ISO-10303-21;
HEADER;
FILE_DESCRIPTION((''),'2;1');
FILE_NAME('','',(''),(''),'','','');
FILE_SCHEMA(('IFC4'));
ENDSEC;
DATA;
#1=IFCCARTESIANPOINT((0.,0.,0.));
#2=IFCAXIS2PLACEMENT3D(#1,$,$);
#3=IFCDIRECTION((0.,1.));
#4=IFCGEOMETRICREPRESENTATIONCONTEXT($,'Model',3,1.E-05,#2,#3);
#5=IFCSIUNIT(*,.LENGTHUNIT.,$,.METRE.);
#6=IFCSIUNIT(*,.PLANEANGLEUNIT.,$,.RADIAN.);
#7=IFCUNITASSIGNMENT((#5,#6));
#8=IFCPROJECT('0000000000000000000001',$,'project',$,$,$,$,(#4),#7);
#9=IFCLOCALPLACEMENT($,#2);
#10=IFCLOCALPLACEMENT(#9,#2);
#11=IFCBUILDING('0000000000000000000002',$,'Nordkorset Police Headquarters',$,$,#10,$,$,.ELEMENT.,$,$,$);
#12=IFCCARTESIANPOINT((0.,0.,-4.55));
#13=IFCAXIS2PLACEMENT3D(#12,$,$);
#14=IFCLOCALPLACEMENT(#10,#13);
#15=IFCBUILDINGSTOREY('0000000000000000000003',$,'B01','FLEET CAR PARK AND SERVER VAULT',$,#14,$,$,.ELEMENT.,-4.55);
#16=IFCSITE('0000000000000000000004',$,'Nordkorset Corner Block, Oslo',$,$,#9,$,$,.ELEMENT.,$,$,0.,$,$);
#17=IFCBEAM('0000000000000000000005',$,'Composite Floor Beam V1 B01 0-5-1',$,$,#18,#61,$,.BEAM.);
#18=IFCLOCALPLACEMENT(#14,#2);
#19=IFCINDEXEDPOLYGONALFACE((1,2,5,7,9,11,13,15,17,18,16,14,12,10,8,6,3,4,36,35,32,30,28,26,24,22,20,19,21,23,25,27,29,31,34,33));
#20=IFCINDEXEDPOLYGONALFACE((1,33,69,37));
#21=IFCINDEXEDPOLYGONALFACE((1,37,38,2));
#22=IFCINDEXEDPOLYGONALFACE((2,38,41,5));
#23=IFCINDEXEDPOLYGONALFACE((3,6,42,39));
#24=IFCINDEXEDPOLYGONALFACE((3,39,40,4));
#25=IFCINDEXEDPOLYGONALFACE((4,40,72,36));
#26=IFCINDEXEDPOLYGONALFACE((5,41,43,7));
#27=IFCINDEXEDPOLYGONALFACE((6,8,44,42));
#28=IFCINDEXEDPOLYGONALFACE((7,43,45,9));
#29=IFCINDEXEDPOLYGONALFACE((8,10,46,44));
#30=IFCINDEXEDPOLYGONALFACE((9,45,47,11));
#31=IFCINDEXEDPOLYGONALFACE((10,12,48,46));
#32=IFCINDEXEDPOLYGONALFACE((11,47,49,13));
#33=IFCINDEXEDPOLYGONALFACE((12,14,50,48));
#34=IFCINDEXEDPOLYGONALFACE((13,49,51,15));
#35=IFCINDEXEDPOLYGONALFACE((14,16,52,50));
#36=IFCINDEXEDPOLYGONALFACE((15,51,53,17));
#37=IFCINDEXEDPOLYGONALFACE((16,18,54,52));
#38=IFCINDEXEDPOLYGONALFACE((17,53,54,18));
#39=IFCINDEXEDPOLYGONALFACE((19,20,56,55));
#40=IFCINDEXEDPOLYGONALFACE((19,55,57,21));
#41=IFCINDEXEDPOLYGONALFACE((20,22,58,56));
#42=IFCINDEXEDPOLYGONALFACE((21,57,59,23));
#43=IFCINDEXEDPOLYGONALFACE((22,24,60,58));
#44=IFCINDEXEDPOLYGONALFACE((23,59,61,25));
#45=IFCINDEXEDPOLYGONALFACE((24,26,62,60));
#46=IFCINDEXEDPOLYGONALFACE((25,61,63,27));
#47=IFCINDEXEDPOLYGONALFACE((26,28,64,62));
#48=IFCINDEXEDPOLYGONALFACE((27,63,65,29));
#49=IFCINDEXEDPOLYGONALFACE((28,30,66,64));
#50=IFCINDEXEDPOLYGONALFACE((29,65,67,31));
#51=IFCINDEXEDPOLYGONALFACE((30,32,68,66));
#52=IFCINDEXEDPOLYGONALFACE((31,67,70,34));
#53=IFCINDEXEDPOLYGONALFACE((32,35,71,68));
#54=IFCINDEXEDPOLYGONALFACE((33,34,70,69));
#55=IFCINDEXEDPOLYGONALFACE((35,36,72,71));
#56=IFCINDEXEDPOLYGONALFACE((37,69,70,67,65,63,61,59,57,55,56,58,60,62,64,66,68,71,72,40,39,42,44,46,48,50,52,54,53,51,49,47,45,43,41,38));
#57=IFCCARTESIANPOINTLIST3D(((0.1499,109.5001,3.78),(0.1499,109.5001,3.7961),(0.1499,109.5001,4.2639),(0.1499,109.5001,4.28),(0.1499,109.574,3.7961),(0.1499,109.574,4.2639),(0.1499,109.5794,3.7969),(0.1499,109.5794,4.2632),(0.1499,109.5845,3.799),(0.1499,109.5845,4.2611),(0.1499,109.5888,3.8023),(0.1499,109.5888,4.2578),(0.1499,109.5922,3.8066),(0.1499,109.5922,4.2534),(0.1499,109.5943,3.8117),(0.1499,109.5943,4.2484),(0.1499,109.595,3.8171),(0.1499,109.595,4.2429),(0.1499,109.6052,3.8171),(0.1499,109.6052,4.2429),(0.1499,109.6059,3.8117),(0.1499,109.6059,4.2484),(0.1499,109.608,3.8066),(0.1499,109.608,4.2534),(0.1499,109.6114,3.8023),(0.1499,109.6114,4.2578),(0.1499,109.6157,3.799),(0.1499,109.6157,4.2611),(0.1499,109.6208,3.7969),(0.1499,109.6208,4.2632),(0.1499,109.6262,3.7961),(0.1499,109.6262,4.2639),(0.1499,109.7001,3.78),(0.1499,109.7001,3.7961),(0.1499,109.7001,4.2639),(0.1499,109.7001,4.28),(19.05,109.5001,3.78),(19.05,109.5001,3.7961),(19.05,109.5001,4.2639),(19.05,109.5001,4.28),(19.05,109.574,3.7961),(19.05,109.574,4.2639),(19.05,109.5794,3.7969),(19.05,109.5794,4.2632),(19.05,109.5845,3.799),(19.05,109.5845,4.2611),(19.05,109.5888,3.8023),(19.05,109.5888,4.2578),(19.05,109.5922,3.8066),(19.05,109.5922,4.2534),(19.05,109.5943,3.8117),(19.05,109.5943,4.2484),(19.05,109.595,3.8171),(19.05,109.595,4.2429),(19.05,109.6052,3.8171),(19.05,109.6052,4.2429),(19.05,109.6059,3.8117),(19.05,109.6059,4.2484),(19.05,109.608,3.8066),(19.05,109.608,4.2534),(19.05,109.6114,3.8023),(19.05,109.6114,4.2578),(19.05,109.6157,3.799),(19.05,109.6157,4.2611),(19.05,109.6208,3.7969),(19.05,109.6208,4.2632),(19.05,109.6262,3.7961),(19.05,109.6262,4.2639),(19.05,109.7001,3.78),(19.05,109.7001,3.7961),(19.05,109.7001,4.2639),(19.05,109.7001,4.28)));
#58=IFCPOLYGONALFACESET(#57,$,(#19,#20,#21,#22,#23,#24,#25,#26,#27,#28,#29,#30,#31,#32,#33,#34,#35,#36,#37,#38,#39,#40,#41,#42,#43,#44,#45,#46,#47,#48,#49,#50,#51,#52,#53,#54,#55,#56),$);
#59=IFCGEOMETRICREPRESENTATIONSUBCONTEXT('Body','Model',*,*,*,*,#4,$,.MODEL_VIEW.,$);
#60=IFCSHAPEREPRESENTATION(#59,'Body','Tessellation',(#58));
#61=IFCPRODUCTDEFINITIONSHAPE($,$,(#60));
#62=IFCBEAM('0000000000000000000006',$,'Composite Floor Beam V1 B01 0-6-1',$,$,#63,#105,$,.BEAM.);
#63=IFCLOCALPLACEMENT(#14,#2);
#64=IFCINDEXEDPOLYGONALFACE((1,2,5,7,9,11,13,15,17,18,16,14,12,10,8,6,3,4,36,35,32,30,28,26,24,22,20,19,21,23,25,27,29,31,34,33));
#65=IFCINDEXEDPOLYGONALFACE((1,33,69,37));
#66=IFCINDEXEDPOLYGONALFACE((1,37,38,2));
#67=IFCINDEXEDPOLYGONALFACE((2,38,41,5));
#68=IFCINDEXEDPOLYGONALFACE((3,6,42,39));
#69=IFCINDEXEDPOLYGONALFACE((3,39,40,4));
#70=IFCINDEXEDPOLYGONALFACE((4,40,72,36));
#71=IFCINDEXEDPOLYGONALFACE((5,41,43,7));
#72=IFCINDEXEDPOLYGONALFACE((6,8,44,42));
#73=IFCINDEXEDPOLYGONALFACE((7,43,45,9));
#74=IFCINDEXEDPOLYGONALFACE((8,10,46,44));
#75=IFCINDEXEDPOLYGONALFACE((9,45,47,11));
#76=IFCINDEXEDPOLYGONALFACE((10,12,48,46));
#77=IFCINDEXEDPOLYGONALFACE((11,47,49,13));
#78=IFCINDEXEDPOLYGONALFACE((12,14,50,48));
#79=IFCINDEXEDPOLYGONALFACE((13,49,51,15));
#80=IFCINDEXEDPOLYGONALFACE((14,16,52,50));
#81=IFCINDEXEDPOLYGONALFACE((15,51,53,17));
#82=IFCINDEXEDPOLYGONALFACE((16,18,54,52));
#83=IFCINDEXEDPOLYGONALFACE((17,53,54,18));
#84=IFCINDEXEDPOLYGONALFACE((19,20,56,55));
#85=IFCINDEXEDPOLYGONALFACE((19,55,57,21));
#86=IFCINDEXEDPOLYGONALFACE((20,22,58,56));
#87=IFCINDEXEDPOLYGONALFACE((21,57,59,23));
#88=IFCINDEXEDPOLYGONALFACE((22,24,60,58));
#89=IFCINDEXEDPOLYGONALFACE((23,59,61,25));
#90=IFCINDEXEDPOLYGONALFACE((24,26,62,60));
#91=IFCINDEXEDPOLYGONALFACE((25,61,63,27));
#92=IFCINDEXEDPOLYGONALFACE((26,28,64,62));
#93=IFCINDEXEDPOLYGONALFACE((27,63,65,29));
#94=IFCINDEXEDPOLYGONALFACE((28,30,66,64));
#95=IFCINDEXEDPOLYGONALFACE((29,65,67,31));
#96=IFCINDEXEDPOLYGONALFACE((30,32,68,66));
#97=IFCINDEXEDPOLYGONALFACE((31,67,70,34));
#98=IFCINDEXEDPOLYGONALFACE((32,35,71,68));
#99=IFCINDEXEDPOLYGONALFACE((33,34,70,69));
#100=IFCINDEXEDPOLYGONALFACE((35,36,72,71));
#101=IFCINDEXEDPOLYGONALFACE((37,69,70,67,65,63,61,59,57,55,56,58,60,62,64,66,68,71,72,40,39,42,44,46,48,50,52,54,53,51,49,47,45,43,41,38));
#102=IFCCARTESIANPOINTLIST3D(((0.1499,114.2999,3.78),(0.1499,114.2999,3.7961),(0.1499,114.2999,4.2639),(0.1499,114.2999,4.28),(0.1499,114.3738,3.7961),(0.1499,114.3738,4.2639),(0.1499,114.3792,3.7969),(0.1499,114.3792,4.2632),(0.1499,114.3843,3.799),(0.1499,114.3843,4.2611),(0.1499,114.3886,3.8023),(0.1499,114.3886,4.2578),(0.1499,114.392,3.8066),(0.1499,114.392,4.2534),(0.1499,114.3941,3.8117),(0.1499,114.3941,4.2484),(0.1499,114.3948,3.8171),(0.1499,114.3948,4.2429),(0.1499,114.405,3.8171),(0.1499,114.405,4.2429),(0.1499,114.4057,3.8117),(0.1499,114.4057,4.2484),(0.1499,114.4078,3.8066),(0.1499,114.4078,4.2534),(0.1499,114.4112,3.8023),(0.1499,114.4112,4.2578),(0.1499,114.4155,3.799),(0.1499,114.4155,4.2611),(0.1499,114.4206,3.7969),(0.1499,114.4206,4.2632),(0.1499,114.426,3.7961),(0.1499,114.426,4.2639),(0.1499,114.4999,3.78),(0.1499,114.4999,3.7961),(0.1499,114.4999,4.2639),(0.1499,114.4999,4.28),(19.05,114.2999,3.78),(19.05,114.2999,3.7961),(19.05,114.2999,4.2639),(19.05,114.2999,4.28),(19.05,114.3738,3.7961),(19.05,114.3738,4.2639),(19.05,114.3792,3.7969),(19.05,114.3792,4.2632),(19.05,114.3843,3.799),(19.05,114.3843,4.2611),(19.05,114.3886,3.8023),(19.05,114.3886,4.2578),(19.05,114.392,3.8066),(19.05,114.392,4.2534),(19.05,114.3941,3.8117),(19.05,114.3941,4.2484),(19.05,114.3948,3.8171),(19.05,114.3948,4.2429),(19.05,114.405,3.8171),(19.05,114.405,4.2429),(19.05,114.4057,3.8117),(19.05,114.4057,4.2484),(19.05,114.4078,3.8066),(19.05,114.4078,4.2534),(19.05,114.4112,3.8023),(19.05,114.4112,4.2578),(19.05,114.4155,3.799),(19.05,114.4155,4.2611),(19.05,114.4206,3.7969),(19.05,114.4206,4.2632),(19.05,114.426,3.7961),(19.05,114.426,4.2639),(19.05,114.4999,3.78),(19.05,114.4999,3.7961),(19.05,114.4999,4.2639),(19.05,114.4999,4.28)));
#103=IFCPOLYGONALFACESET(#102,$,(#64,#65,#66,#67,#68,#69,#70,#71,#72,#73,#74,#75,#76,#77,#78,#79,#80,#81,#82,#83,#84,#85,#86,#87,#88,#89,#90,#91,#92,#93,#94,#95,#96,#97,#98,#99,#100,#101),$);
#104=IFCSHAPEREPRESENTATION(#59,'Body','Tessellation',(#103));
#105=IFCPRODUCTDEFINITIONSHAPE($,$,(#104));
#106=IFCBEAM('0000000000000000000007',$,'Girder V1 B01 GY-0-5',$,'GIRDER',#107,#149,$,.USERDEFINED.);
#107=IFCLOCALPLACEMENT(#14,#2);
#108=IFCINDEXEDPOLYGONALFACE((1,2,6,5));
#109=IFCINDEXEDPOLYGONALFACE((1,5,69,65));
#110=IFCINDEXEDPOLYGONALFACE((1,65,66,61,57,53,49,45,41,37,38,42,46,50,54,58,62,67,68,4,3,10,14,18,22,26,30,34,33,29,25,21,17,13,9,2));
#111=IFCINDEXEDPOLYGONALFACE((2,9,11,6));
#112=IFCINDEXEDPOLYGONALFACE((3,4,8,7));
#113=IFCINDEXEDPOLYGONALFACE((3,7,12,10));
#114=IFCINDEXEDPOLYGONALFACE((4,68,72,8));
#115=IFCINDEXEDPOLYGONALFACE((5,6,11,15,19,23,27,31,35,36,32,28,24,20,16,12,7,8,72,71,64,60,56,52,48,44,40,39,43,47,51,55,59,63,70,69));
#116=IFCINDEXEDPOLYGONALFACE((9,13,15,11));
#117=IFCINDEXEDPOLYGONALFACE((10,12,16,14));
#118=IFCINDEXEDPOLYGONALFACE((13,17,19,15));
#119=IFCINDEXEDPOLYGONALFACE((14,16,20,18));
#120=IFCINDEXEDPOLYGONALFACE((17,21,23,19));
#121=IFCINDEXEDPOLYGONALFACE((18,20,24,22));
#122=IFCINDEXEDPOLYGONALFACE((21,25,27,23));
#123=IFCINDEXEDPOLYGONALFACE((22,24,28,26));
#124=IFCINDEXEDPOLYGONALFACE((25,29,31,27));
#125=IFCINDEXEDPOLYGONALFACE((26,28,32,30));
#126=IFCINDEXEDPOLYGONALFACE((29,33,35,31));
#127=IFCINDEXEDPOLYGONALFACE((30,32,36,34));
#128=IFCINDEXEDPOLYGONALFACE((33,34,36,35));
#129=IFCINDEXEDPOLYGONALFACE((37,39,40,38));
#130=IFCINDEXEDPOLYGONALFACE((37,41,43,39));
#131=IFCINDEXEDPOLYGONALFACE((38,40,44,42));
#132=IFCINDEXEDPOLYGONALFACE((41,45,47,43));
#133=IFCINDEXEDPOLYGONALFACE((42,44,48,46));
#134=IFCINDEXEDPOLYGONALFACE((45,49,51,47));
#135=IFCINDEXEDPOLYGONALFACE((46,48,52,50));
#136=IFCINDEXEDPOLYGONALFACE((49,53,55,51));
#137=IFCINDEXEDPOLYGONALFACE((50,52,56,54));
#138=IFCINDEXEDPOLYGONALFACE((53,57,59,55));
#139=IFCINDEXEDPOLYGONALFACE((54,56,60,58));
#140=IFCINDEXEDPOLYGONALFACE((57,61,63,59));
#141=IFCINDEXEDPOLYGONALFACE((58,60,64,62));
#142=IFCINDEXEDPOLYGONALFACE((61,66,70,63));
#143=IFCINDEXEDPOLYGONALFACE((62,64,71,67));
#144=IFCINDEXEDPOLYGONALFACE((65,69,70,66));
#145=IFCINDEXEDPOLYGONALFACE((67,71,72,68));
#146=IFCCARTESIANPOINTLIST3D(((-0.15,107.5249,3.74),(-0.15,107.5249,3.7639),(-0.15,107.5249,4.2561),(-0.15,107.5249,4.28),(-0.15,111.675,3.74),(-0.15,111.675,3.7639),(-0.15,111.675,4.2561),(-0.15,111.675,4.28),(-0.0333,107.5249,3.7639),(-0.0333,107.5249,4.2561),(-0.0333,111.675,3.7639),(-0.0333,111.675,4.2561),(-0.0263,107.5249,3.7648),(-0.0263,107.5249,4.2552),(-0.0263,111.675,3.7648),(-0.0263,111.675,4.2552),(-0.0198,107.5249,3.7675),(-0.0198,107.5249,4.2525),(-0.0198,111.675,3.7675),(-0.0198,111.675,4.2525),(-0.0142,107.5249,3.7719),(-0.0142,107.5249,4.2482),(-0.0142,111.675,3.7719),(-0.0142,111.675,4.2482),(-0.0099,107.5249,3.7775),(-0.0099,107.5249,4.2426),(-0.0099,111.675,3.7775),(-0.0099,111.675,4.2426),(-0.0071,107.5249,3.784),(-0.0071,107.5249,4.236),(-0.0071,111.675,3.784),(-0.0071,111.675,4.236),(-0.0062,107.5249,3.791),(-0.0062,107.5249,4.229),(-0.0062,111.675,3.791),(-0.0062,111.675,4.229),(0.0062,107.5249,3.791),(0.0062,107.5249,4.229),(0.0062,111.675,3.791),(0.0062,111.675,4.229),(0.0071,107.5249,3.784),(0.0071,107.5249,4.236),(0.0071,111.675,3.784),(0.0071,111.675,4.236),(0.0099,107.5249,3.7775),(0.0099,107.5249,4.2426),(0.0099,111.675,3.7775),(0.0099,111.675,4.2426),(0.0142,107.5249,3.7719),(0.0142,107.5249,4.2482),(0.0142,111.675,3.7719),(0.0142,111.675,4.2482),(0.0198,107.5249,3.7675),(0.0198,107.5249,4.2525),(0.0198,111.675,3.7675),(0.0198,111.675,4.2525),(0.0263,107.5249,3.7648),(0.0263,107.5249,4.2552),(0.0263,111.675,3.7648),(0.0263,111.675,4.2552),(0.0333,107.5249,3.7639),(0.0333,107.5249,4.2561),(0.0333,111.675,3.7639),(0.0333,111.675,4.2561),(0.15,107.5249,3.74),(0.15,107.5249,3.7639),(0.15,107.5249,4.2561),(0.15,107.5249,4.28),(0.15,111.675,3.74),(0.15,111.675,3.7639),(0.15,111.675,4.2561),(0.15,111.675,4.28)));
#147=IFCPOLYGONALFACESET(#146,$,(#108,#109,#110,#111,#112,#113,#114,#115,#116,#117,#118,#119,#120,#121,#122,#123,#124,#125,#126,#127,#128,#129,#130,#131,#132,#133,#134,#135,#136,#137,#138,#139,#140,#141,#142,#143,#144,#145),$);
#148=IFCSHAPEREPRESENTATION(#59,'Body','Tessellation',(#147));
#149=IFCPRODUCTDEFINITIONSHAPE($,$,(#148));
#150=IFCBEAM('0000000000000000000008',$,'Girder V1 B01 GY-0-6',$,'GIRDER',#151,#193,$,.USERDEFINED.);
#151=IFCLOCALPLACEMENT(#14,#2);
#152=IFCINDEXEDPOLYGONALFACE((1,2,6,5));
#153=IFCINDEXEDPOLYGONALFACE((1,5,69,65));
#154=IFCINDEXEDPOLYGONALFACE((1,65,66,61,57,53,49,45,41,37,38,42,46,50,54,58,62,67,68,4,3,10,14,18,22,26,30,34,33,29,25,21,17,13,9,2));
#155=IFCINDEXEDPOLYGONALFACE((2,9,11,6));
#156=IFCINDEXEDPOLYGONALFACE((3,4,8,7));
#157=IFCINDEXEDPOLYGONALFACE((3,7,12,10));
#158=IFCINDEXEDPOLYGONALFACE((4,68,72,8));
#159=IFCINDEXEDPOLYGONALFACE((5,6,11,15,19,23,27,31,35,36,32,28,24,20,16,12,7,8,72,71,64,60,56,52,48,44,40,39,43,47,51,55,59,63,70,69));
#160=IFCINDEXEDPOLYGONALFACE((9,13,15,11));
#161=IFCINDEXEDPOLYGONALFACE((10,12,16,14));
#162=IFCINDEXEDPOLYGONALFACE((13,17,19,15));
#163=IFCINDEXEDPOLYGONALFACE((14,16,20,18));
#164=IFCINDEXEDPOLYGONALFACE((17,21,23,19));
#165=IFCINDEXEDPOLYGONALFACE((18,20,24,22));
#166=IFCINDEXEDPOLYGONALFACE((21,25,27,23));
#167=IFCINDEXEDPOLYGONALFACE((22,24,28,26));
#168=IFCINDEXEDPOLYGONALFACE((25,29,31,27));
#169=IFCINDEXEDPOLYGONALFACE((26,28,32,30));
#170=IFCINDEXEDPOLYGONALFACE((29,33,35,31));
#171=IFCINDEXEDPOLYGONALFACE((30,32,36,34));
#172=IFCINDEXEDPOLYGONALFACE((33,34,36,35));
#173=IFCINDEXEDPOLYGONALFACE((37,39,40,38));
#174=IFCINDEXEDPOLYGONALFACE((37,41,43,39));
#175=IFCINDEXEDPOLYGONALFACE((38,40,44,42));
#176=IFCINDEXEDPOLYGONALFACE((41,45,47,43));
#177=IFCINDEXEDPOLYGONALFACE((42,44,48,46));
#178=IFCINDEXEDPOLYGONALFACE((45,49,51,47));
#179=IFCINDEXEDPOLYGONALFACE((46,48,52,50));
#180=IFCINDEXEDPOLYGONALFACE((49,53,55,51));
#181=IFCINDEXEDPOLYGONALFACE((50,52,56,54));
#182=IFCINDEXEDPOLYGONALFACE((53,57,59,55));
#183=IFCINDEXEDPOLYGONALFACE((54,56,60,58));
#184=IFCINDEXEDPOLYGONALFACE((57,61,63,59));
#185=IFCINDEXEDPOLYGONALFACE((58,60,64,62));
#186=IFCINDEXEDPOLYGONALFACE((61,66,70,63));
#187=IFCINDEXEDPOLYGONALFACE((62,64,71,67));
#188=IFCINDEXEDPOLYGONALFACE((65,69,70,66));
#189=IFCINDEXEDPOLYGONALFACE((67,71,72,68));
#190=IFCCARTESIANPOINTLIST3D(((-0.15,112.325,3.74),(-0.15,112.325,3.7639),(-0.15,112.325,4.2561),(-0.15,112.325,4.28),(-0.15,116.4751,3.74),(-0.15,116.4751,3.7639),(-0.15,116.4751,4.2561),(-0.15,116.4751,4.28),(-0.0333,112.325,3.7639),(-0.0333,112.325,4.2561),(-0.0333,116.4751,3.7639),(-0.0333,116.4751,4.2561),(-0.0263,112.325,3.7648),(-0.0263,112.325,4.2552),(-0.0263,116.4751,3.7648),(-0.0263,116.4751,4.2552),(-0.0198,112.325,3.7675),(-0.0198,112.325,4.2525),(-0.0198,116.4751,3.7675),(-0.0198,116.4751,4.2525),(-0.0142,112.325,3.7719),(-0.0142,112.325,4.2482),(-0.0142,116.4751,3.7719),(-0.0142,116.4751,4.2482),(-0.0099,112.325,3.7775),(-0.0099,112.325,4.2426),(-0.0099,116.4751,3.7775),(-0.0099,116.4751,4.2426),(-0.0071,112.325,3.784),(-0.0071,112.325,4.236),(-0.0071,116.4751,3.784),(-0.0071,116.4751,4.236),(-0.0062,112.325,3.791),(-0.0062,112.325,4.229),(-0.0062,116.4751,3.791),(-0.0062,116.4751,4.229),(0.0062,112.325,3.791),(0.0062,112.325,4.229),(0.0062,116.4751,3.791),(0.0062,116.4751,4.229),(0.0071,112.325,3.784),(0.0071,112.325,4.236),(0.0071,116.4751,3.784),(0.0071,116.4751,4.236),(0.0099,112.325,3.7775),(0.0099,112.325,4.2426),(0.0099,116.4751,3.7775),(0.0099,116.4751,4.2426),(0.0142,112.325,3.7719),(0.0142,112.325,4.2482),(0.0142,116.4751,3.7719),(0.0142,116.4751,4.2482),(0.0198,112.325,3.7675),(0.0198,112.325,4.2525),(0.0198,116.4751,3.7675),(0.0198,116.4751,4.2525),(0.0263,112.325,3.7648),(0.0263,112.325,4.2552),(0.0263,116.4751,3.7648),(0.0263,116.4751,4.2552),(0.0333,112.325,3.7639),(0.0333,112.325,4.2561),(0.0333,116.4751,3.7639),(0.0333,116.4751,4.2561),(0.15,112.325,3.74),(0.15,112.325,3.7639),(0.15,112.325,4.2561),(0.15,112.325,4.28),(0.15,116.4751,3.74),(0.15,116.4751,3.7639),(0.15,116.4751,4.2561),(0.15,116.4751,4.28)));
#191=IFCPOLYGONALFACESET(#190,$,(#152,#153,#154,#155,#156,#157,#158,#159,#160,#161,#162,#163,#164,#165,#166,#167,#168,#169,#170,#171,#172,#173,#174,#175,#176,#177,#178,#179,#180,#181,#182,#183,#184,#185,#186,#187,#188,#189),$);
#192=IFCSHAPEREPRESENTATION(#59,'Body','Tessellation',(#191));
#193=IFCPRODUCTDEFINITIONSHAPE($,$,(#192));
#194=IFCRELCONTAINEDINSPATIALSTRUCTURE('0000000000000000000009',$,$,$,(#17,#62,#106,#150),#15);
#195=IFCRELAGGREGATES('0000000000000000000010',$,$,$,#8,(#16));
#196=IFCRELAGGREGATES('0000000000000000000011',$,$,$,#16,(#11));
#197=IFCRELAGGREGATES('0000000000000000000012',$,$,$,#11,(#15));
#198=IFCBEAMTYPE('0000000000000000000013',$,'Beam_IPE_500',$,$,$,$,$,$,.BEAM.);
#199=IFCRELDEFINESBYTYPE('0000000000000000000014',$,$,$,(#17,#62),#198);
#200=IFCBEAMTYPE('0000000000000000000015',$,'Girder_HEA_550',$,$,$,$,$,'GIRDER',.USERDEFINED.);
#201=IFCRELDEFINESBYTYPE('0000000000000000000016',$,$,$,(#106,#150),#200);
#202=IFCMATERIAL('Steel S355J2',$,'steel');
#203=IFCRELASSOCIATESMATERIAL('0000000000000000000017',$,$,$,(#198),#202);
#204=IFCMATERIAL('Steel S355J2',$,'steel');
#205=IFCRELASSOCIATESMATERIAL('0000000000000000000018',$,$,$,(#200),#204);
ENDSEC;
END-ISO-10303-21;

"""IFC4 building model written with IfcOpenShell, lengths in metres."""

from ifc_helpers import new_model, si_unit, direction, frame, origin, origin_2d, place, context, subcontext, project, spatial, i_section, extrude, material, material_profile, profile_set, type_object, element, save


model = new_model("IFC4")

# Units and contexts
model_context = context("Model", 3, precision=1e-05, world=origin(), true_north=direction((0.0, 1.0)))
body_context = subcontext(model_context, "Body", "Model", "MODEL_VIEW")
ifc_project = project(units=[si_unit("LENGTHUNIT", "METRE"), si_unit("PLANEANGLEUNIT", "RADIAN")], contexts=[model_context])

# Site, building, storey
site_placement = place(None, origin())
site = spatial("IfcSite", under=ifc_project, at=site_placement, Name="Nordkorset Corner Block, Oslo", CompositionType="ELEMENT", RefElevation=0.0)
building_placement = place(site_placement, origin())
building = spatial("IfcBuilding", under=site, at=building_placement, Name="Nordkorset Police Headquarters", CompositionType="ELEMENT")
storey_placement = place(building_placement, frame((0.0, 0.0, -4.55)))
storey = spatial("IfcBuildingStorey", under=building, at=storey_placement, Name="B01", Description="FLEET CAR PARK AND SERVER VAULT", CompositionType="ELEMENT", Elevation=-4.55)

# Beams
ifc_material_1 = material(Name="Steel S355J2", Category="steel")
ifc_material_profile_1 = material_profile(ifc_material_1, i_section(OverallWidth=0.2, OverallDepth=0.5, WebThickness=0.0103, FlangeThickness=0.0161, FilletRadius=0.021, at=origin_2d()), Name="IPE 500")
ifc_profile_set_1 = profile_set([ifc_material_profile_1], Name="Steel S355J2")
beam_type_1 = type_object("IfcBeamType", Name="Beam_IPE_500", PredefinedType="BEAM", material=ifc_profile_set_1)
for number, where, z_axis, x_axis, name in (
    (1, (0.1499, 109.6001, 4.03), (1.0, 0.0, 0.0), (0.0, 1.0, 0.0), "Composite Floor Beam V1 B01 0-5-1"),
    (2, (0.1499, 114.3999, 4.03), (1.0, 0.0, 0.0), (0.0, 1.0, 0.0), "Composite Floor Beam V1 B01 0-6-1"),
):
    element("IfcBeam", number, at=place(storey_placement, frame(where, z_axis=z_axis, x_axis=x_axis)), inside=storey, type_object=beam_type_1, Name=name, PredefinedType="BEAM", context=body_context, shape_type="SweptSolid", body=[
        extrude(i_section(OverallWidth=0.2, OverallDepth=0.5, WebThickness=0.0103, FlangeThickness=0.0161, FilletRadius=0.021, at=origin_2d()), origin(), (0.0, 0.0, 1.0), 18.9001),
    ])
ifc_material_2 = material(Name="Steel S355J2", Category="steel")
ifc_material_profile_2 = material_profile(ifc_material_2, i_section(OverallWidth=0.3, OverallDepth=0.54, WebThickness=0.0125, FlangeThickness=0.0239, FilletRadius=0.0271, at=origin_2d()), Name="HEA 550")
ifc_profile_set_2 = profile_set([ifc_material_profile_2], Name="Steel S355J2")
beam_type_2 = type_object("IfcBeamType", Name="Girder_HEA_550", ElementType="GIRDER", PredefinedType="USERDEFINED", material=ifc_profile_set_2)
for number, where, z_axis, x_axis, name in (
    (3, (0.0, 107.5249, 4.01), (0.0, 1.0, 0.0), (-1.0, 0.0, 0.0), "Girder V1 B01 GY-0-5"),
    (4, (0.0, 112.325, 4.01), (0.0, 1.0, 0.0), (-1.0, 0.0, 0.0), "Girder V1 B01 GY-0-6"),
):
    element("IfcBeam", number, at=place(storey_placement, frame(where, z_axis=z_axis, x_axis=x_axis)), inside=storey, type_object=beam_type_2, Name=name, ObjectType="GIRDER", PredefinedType="USERDEFINED", context=body_context, shape_type="SweptSolid", body=[
        extrude(i_section(OverallWidth=0.3, OverallDepth=0.54, WebThickness=0.0125, FlangeThickness=0.0239, FilletRadius=0.0271, at=origin_2d()), origin(), (0.0, 0.0, 1.0), 4.1501),
    ])

save(model, "model.ifc")
